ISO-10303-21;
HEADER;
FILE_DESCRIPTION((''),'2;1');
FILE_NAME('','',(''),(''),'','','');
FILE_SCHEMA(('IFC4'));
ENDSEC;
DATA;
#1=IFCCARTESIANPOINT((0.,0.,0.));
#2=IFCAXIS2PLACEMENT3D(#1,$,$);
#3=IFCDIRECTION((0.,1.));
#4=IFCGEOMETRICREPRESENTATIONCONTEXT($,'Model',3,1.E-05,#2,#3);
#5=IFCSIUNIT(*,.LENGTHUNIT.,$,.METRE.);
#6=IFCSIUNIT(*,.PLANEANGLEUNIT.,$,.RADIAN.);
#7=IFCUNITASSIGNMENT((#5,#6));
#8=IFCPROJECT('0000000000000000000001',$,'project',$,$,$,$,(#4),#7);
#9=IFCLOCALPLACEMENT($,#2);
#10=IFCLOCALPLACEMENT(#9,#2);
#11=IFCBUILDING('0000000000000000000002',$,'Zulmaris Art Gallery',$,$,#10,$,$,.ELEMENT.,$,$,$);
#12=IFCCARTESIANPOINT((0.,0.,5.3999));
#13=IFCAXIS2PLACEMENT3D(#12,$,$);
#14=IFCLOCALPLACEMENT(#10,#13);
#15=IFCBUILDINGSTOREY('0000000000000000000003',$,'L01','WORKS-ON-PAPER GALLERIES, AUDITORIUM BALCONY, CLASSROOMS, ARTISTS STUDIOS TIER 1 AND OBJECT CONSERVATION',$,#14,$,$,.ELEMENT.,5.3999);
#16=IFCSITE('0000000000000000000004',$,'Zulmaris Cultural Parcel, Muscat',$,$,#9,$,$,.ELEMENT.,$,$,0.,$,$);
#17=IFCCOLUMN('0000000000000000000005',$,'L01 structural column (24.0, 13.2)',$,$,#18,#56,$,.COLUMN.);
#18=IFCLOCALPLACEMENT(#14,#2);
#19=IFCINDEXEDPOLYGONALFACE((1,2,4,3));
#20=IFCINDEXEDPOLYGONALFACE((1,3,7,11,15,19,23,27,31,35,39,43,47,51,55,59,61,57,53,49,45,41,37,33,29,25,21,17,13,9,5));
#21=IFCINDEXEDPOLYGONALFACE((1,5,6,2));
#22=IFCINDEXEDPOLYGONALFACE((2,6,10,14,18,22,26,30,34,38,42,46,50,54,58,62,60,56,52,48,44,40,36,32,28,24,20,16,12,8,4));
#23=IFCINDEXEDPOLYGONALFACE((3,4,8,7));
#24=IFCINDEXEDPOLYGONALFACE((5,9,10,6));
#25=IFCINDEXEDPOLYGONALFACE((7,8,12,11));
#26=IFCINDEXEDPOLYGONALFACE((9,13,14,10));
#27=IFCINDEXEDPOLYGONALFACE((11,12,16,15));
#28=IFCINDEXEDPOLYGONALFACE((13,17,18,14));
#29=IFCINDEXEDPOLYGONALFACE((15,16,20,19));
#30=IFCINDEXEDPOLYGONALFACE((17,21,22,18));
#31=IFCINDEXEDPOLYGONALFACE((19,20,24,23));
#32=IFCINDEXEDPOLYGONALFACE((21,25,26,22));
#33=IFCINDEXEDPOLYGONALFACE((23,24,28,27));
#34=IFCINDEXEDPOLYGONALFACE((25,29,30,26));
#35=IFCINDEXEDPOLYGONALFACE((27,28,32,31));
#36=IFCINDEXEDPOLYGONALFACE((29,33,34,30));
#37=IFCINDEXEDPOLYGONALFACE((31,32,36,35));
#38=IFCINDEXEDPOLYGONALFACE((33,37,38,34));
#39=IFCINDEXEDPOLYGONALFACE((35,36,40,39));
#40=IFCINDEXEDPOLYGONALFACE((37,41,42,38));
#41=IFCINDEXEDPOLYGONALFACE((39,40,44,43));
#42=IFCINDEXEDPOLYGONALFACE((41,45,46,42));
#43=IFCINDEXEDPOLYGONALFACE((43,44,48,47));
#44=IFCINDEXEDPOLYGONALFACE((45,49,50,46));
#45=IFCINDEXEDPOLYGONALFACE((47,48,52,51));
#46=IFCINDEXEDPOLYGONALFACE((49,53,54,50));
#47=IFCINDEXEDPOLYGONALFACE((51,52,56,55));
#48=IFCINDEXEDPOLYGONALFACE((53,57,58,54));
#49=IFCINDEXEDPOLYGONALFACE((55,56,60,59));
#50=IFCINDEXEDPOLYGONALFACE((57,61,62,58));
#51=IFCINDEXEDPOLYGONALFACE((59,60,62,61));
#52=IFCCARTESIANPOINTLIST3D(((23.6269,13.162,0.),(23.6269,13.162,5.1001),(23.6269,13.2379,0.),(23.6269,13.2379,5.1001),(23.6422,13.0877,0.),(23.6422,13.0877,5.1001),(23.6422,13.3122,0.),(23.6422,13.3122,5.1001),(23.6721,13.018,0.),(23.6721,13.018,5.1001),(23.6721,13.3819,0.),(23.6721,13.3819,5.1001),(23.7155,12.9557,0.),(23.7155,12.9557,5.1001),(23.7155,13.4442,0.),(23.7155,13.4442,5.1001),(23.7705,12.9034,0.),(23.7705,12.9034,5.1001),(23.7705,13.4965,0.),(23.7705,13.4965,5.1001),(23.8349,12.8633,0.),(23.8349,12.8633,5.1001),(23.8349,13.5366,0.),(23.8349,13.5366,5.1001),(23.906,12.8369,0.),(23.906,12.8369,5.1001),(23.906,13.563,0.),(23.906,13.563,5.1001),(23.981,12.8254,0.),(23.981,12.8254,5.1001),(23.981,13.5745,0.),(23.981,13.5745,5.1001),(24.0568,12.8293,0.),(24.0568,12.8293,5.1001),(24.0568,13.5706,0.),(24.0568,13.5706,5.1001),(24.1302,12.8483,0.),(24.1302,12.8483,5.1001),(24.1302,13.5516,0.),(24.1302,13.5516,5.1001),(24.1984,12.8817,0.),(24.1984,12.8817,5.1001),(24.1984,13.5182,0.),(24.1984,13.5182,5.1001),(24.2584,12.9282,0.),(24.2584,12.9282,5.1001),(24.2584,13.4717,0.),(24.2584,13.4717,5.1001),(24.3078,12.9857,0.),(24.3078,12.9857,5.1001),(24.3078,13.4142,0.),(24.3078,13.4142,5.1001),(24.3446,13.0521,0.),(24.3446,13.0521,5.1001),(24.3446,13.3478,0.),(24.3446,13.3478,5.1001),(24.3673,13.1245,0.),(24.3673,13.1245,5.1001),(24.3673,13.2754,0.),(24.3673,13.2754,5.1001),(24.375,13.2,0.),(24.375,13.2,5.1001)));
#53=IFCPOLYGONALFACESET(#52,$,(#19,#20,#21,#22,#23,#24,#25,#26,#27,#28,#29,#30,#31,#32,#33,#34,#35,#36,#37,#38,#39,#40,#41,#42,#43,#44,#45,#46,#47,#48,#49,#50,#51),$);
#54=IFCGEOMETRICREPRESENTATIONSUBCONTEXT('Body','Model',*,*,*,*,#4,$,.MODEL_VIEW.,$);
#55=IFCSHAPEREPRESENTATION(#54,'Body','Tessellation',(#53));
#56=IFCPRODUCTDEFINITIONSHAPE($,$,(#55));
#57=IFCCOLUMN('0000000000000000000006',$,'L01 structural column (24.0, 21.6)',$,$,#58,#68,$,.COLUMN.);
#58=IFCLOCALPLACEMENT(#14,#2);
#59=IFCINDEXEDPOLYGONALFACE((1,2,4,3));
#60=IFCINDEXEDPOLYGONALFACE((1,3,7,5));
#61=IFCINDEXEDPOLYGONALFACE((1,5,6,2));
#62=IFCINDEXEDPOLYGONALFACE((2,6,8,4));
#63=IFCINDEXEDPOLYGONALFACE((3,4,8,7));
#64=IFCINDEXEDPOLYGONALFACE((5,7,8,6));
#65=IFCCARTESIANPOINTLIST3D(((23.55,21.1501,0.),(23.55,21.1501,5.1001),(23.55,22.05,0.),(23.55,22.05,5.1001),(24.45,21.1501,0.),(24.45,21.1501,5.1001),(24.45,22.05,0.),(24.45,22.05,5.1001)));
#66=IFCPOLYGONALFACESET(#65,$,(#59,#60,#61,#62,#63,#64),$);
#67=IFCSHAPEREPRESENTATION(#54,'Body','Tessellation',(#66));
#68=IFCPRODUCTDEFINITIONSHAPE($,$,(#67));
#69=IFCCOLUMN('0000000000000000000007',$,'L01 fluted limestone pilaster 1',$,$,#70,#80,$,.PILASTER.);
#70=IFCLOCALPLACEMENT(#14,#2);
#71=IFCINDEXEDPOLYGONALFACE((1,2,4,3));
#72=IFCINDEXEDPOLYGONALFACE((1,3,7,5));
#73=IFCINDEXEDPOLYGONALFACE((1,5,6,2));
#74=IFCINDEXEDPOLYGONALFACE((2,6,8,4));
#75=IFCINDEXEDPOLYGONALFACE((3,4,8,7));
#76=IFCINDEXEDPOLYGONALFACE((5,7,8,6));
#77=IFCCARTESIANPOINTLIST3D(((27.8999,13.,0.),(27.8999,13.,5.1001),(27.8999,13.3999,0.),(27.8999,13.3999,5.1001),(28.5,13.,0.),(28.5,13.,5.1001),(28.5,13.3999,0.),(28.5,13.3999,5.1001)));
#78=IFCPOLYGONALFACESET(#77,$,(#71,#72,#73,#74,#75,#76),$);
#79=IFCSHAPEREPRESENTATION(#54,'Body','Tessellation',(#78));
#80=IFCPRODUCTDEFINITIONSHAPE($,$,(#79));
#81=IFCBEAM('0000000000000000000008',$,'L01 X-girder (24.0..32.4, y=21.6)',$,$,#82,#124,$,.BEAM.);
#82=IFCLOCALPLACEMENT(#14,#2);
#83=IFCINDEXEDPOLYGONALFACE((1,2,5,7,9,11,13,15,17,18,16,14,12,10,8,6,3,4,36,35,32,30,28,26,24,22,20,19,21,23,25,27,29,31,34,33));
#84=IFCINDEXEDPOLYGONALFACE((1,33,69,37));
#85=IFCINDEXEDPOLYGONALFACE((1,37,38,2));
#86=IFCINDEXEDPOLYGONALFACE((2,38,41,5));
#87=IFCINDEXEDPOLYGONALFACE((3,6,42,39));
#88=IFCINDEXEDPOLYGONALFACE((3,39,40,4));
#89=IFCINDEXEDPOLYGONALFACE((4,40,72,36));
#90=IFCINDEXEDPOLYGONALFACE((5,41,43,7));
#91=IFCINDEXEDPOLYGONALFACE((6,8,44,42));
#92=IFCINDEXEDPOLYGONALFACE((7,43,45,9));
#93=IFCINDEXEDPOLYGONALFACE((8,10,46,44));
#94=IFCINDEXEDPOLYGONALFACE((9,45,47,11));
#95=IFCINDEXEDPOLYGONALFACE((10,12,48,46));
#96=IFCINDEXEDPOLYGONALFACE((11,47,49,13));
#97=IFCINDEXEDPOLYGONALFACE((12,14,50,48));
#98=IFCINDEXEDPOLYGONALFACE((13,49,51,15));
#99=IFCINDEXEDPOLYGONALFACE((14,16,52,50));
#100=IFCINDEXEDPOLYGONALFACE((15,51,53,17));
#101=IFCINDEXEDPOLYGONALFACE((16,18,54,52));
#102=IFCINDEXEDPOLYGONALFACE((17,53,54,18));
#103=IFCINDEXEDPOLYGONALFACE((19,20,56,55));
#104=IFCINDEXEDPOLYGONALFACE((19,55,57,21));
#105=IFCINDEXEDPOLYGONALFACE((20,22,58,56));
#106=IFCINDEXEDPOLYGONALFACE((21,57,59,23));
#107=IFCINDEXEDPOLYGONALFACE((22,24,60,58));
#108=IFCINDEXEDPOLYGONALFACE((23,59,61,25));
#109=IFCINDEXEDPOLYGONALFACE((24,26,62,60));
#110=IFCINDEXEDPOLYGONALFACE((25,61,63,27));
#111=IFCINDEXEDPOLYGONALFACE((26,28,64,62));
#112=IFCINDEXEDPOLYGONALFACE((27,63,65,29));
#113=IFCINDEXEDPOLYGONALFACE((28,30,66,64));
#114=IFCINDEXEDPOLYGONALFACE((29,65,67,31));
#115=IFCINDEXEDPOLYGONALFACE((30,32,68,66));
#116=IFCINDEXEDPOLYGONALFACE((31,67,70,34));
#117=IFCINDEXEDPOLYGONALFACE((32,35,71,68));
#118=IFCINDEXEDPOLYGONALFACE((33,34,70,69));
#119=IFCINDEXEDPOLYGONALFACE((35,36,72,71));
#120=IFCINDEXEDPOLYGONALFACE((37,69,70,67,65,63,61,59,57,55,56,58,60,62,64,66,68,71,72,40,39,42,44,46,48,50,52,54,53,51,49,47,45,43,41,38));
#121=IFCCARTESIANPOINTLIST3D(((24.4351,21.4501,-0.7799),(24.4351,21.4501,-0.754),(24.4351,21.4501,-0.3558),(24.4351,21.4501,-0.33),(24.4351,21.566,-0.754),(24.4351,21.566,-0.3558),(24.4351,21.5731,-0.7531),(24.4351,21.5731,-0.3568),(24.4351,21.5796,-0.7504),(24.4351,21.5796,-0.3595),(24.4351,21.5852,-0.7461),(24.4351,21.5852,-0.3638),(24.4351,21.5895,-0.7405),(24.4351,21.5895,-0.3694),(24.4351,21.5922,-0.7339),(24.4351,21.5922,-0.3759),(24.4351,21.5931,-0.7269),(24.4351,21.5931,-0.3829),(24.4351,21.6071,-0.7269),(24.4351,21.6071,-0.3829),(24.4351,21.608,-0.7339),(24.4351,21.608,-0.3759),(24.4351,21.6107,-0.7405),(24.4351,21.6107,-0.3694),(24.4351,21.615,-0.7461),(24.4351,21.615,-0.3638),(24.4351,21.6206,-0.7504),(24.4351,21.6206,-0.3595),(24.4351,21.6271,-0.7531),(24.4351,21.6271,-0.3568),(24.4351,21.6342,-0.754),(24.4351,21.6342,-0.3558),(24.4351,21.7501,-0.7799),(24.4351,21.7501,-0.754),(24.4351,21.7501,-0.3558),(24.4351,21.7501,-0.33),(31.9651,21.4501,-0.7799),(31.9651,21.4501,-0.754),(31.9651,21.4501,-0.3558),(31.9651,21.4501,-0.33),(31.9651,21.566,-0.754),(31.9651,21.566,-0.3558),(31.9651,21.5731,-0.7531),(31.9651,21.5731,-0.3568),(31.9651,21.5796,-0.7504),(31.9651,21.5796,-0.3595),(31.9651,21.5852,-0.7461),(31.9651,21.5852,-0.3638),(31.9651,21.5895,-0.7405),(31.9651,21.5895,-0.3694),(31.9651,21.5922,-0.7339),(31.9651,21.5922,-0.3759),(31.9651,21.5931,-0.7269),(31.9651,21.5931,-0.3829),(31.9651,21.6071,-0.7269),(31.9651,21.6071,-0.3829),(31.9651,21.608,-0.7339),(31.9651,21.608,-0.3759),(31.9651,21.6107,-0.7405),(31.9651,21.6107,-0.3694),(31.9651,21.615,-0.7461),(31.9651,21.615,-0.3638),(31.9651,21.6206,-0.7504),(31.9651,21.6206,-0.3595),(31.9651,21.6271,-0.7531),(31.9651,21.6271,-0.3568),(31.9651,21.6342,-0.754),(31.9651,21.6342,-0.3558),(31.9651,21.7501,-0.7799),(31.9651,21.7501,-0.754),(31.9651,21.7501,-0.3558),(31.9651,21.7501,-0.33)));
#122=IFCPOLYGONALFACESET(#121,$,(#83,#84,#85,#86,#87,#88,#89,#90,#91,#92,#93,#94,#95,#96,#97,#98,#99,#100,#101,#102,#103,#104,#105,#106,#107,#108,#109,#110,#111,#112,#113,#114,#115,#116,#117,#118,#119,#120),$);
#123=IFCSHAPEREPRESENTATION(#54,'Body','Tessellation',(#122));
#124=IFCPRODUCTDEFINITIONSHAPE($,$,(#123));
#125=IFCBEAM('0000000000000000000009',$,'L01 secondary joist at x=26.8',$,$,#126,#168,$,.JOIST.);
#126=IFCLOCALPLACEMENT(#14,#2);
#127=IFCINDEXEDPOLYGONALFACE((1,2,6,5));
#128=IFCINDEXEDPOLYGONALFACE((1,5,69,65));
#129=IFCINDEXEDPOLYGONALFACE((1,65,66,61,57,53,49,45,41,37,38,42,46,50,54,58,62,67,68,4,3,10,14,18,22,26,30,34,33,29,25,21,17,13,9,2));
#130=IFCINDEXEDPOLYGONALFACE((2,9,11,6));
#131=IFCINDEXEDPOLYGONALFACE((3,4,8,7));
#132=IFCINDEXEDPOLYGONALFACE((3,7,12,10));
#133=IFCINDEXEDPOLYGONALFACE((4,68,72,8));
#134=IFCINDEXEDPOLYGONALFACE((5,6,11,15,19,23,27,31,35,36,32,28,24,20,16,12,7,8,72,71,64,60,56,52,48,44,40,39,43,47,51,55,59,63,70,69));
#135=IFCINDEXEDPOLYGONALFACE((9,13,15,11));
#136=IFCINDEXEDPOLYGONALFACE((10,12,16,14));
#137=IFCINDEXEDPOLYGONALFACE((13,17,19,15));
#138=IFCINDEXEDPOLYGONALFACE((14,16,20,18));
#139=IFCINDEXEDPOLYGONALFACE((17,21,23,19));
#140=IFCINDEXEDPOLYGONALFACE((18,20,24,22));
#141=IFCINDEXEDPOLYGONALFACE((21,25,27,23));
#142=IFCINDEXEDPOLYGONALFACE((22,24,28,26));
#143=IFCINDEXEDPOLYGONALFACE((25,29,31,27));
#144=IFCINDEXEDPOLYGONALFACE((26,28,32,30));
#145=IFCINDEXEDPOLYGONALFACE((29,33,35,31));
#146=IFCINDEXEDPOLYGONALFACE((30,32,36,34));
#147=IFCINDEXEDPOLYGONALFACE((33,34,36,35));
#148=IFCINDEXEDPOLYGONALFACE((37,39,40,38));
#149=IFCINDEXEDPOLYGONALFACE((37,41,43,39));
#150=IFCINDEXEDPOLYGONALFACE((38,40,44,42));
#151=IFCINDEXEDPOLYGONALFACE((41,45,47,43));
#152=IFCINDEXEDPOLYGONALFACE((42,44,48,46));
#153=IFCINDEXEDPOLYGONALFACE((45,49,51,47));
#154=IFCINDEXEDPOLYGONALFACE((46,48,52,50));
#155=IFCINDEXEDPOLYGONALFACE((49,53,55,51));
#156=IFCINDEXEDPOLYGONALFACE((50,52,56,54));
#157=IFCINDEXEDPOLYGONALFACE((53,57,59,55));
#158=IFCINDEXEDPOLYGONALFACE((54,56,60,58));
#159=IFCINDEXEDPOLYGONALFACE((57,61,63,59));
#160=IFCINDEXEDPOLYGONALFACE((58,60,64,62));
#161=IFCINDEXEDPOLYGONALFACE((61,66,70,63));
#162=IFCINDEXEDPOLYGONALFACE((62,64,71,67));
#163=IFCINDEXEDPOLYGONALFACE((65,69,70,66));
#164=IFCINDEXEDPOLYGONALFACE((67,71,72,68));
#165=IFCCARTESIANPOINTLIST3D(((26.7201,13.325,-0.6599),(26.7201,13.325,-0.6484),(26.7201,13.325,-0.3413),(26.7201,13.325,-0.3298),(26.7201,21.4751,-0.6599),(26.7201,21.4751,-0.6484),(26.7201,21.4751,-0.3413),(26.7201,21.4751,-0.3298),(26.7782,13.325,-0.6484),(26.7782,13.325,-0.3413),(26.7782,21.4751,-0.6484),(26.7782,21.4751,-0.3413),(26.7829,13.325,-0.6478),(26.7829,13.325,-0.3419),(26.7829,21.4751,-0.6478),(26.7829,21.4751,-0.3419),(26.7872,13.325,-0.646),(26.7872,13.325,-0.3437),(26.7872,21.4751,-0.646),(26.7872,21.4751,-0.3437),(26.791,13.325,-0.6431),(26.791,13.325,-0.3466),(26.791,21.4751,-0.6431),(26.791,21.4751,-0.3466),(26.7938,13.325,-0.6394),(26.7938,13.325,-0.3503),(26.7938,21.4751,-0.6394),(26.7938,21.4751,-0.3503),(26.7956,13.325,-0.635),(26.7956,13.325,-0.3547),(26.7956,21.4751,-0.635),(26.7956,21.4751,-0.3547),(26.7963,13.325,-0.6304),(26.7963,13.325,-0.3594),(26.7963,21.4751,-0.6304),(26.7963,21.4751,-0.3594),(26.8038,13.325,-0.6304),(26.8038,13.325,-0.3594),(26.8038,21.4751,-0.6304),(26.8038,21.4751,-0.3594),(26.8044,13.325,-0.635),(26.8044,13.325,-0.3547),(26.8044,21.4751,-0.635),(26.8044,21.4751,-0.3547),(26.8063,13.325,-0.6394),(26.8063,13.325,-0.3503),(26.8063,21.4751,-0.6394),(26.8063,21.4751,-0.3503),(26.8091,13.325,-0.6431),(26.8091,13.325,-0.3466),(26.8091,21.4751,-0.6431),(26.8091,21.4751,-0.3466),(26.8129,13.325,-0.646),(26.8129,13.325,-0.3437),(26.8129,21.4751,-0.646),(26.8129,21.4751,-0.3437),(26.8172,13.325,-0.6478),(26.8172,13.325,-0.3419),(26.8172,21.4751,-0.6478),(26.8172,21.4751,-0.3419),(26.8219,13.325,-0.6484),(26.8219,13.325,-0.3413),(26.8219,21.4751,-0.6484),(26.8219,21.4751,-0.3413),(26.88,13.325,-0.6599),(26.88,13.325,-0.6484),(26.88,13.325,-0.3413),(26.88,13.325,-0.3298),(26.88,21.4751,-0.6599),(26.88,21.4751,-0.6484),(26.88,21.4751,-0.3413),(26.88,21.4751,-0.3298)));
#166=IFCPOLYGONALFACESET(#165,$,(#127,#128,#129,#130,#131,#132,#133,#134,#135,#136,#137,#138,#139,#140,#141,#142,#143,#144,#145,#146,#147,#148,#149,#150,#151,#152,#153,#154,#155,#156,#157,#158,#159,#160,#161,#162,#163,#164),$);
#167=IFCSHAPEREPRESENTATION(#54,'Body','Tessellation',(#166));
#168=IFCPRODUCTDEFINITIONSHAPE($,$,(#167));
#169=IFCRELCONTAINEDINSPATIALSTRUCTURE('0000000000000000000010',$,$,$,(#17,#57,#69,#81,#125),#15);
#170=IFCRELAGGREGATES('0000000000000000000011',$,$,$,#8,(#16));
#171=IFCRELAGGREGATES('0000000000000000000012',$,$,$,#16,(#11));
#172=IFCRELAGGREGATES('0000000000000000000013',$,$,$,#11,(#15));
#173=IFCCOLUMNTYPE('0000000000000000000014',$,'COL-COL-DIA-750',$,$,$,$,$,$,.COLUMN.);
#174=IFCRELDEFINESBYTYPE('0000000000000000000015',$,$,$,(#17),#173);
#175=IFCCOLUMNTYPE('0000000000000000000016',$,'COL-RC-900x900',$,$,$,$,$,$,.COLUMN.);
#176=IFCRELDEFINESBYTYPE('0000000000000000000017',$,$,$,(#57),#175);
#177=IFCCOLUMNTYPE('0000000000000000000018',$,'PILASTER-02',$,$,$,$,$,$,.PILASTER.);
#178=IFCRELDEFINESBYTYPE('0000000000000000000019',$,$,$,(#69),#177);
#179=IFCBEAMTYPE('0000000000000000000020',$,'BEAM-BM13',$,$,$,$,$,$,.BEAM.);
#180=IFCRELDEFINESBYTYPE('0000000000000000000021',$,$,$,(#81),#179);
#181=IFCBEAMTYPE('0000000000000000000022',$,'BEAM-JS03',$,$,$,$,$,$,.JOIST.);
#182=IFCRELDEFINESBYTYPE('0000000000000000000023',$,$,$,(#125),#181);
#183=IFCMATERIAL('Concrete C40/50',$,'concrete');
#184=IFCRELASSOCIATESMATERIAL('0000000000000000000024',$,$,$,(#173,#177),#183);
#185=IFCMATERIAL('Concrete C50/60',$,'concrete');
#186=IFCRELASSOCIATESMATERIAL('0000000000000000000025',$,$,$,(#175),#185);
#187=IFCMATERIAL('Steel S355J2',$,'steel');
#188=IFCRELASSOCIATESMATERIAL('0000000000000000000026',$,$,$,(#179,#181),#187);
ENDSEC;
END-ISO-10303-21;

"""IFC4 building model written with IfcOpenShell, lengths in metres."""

from ifc_helpers import new_model, si_unit, direction, frame, origin, origin_2d, place, context, subcontext, project, spatial, rectangle, circle, i_section, extrude, material, material_profile, profile_set, type_object, element, save


model = new_model("IFC4")

# Units and contexts
model_context = context("Model", 3, precision=1e-05, world=origin(), true_north=direction((0.0, 1.0)))
body_context = subcontext(model_context, "Body", "Model", "MODEL_VIEW")
ifc_project = project(units=[si_unit("LENGTHUNIT", "METRE"), si_unit("PLANEANGLEUNIT", "RADIAN")], contexts=[model_context])

# Site, building, storey
site_placement = place(None, origin())
site = spatial("IfcSite", under=ifc_project, at=site_placement, Name="Zulmaris Cultural Parcel, Muscat", CompositionType="ELEMENT", RefElevation=0.0)
building_placement = place(site_placement, origin())
building = spatial("IfcBuilding", under=site, at=building_placement, Name="Zulmaris Art Gallery", CompositionType="ELEMENT")
storey_placement = place(building_placement, frame((0.0, 0.0, 5.3999)))
storey = spatial("IfcBuildingStorey", under=building, at=storey_placement, Name="L01", Description="WORKS-ON-PAPER GALLERIES, AUDITORIUM BALCONY, CLASSROOMS, ARTISTS STUDIOS TIER 1 AND OBJECT CONSERVATION", CompositionType="ELEMENT", Elevation=5.3999)

# Columns
ifc_material_1 = material(Name="Concrete C40/50", Category="concrete")
ifc_material_profile_1 = material_profile(ifc_material_1, circle(Radius=0.375, at=origin_2d()), Name="COL DIA 750")
ifc_profile_set_1 = profile_set([ifc_material_profile_1], Name="Concrete C40/50")
column_type_1 = type_object("IfcColumnType", Name="COL-COL-DIA-750", PredefinedType="COLUMN", material=ifc_profile_set_1)
column_1_placement = place(storey_placement, frame((24.0, 13.2, 0.0), z_axis=(0.0, 0.0, 1.0), x_axis=(1.0, 0.0, 0.0)))
element("IfcColumn", 1, at=column_1_placement, inside=storey, type_object=column_type_1, Name="L01 structural column (24.0, 13.2)", PredefinedType="COLUMN", context=body_context, shape_type="SweptSolid", body=[
    extrude(circle(Radius=0.375, at=origin_2d()), origin(), (0.0, 0.0, 1.0), 5.1001),
])
ifc_material_2 = material(Name="Concrete C50/60", Category="concrete")
ifc_material_profile_2 = material_profile(ifc_material_2, rectangle(XDim=0.8999, YDim=0.8999, at=origin_2d()), Name="RC 900x900")
ifc_profile_set_2 = profile_set([ifc_material_profile_2], Name="Concrete C50/60")
column_type_2 = type_object("IfcColumnType", Name="COL-RC-900x900", PredefinedType="COLUMN", material=ifc_profile_set_2)
column_2_placement = place(storey_placement, frame((24.0, 21.6001, 0.0), z_axis=(0.0, 0.0, 1.0), x_axis=(1.0, 0.0, 0.0)))
element("IfcColumn", 2, at=column_2_placement, inside=storey, type_object=column_type_2, Name="L01 structural column (24.0, 21.6)", PredefinedType="COLUMN", context=body_context, shape_type="SweptSolid", body=[
    extrude(rectangle(XDim=0.8999, YDim=0.8999, at=origin_2d()), origin(), (0.0, 0.0, 1.0), 5.1001),
])
ifc_material_profile_3 = material_profile(ifc_material_1, rectangle(XDim=0.6001, YDim=0.3999, at=origin_2d()), Name="PIL 600x400")
ifc_profile_set_3 = profile_set([ifc_material_profile_3], Name="Concrete C40/50")
column_type_3 = type_object("IfcColumnType", Name="PILASTER-02", PredefinedType="PILASTER", material=ifc_profile_set_3)
column_3_placement = place(storey_placement, frame((28.2, 13.2, 0.0), z_axis=(0.0, 0.0, 1.0), x_axis=(1.0, 0.0, 0.0)))
element("IfcColumn", 3, at=column_3_placement, inside=storey, type_object=column_type_3, Name="L01 fluted limestone pilaster 1", PredefinedType="PILASTER", context=body_context, shape_type="SweptSolid", body=[
    extrude(rectangle(XDim=0.6001, YDim=0.3999, at=origin_2d()), origin(), (0.0, 0.0, 1.0), 5.1001),
])

# Beams
ifc_material_3 = material(Name="Steel S355J2", Category="steel")
ifc_material_profile_4 = material_profile(ifc_material_3, i_section(OverallWidth=0.3, OverallDepth=0.45, WebThickness=0.0139, FlangeThickness=0.0259, FilletRadius=0.0271, at=origin_2d()), Name="HEB 450")
ifc_profile_set_4 = profile_set([ifc_material_profile_4], Name="Steel S355J2")
beam_type_1 = type_object("IfcBeamType", Name="BEAM-BM13", PredefinedType="BEAM", material=ifc_profile_set_4)
beam_1_placement = place(storey_placement, frame((24.4351, 21.6001, -0.5549), z_axis=(1.0, 0.0, 0.0), x_axis=(0.0, 1.0, 0.0)))
element("IfcBeam", 4, at=beam_1_placement, inside=storey, type_object=beam_type_1, Name="L01 X-girder (24.0..32.4, y=21.6)", PredefinedType="BEAM", context=body_context, shape_type="SweptSolid", body=[
    extrude(i_section(OverallWidth=0.3, OverallDepth=0.45, WebThickness=0.0139, FlangeThickness=0.0259, FilletRadius=0.0271, at=origin_2d()), origin(), (0.0, 0.0, 1.0), 7.53),
])
ifc_material_profile_5 = material_profile(ifc_material_3, i_section(OverallWidth=0.1599, OverallDepth=0.3301, WebThickness=0.0076, FlangeThickness=0.0115, FilletRadius=0.0181, at=origin_2d()), Name="IPE 330")
ifc_profile_set_5 = profile_set([ifc_material_profile_5], Name="Steel S355J2")
beam_type_2 = type_object("IfcBeamType", Name="BEAM-JS03", PredefinedType="JOIST", material=ifc_profile_set_5)
beam_2_placement = place(storey_placement, frame((26.8, 13.325, -0.4949), z_axis=(0.0, 1.0, 0.0), x_axis=(-1.0, 0.0, 0.0)))
element("IfcBeam", 5, at=beam_2_placement, inside=storey, type_object=beam_type_2, Name="L01 secondary joist at x=26.8", PredefinedType="JOIST", context=body_context, shape_type="SweptSolid", body=[
    extrude(i_section(OverallWidth=0.1599, OverallDepth=0.3301, WebThickness=0.0076, FlangeThickness=0.0115, FilletRadius=0.0181, at=origin_2d()), origin(), (0.0, 0.0, 1.0), 8.1501),
])

save(model, "model.ifc")
